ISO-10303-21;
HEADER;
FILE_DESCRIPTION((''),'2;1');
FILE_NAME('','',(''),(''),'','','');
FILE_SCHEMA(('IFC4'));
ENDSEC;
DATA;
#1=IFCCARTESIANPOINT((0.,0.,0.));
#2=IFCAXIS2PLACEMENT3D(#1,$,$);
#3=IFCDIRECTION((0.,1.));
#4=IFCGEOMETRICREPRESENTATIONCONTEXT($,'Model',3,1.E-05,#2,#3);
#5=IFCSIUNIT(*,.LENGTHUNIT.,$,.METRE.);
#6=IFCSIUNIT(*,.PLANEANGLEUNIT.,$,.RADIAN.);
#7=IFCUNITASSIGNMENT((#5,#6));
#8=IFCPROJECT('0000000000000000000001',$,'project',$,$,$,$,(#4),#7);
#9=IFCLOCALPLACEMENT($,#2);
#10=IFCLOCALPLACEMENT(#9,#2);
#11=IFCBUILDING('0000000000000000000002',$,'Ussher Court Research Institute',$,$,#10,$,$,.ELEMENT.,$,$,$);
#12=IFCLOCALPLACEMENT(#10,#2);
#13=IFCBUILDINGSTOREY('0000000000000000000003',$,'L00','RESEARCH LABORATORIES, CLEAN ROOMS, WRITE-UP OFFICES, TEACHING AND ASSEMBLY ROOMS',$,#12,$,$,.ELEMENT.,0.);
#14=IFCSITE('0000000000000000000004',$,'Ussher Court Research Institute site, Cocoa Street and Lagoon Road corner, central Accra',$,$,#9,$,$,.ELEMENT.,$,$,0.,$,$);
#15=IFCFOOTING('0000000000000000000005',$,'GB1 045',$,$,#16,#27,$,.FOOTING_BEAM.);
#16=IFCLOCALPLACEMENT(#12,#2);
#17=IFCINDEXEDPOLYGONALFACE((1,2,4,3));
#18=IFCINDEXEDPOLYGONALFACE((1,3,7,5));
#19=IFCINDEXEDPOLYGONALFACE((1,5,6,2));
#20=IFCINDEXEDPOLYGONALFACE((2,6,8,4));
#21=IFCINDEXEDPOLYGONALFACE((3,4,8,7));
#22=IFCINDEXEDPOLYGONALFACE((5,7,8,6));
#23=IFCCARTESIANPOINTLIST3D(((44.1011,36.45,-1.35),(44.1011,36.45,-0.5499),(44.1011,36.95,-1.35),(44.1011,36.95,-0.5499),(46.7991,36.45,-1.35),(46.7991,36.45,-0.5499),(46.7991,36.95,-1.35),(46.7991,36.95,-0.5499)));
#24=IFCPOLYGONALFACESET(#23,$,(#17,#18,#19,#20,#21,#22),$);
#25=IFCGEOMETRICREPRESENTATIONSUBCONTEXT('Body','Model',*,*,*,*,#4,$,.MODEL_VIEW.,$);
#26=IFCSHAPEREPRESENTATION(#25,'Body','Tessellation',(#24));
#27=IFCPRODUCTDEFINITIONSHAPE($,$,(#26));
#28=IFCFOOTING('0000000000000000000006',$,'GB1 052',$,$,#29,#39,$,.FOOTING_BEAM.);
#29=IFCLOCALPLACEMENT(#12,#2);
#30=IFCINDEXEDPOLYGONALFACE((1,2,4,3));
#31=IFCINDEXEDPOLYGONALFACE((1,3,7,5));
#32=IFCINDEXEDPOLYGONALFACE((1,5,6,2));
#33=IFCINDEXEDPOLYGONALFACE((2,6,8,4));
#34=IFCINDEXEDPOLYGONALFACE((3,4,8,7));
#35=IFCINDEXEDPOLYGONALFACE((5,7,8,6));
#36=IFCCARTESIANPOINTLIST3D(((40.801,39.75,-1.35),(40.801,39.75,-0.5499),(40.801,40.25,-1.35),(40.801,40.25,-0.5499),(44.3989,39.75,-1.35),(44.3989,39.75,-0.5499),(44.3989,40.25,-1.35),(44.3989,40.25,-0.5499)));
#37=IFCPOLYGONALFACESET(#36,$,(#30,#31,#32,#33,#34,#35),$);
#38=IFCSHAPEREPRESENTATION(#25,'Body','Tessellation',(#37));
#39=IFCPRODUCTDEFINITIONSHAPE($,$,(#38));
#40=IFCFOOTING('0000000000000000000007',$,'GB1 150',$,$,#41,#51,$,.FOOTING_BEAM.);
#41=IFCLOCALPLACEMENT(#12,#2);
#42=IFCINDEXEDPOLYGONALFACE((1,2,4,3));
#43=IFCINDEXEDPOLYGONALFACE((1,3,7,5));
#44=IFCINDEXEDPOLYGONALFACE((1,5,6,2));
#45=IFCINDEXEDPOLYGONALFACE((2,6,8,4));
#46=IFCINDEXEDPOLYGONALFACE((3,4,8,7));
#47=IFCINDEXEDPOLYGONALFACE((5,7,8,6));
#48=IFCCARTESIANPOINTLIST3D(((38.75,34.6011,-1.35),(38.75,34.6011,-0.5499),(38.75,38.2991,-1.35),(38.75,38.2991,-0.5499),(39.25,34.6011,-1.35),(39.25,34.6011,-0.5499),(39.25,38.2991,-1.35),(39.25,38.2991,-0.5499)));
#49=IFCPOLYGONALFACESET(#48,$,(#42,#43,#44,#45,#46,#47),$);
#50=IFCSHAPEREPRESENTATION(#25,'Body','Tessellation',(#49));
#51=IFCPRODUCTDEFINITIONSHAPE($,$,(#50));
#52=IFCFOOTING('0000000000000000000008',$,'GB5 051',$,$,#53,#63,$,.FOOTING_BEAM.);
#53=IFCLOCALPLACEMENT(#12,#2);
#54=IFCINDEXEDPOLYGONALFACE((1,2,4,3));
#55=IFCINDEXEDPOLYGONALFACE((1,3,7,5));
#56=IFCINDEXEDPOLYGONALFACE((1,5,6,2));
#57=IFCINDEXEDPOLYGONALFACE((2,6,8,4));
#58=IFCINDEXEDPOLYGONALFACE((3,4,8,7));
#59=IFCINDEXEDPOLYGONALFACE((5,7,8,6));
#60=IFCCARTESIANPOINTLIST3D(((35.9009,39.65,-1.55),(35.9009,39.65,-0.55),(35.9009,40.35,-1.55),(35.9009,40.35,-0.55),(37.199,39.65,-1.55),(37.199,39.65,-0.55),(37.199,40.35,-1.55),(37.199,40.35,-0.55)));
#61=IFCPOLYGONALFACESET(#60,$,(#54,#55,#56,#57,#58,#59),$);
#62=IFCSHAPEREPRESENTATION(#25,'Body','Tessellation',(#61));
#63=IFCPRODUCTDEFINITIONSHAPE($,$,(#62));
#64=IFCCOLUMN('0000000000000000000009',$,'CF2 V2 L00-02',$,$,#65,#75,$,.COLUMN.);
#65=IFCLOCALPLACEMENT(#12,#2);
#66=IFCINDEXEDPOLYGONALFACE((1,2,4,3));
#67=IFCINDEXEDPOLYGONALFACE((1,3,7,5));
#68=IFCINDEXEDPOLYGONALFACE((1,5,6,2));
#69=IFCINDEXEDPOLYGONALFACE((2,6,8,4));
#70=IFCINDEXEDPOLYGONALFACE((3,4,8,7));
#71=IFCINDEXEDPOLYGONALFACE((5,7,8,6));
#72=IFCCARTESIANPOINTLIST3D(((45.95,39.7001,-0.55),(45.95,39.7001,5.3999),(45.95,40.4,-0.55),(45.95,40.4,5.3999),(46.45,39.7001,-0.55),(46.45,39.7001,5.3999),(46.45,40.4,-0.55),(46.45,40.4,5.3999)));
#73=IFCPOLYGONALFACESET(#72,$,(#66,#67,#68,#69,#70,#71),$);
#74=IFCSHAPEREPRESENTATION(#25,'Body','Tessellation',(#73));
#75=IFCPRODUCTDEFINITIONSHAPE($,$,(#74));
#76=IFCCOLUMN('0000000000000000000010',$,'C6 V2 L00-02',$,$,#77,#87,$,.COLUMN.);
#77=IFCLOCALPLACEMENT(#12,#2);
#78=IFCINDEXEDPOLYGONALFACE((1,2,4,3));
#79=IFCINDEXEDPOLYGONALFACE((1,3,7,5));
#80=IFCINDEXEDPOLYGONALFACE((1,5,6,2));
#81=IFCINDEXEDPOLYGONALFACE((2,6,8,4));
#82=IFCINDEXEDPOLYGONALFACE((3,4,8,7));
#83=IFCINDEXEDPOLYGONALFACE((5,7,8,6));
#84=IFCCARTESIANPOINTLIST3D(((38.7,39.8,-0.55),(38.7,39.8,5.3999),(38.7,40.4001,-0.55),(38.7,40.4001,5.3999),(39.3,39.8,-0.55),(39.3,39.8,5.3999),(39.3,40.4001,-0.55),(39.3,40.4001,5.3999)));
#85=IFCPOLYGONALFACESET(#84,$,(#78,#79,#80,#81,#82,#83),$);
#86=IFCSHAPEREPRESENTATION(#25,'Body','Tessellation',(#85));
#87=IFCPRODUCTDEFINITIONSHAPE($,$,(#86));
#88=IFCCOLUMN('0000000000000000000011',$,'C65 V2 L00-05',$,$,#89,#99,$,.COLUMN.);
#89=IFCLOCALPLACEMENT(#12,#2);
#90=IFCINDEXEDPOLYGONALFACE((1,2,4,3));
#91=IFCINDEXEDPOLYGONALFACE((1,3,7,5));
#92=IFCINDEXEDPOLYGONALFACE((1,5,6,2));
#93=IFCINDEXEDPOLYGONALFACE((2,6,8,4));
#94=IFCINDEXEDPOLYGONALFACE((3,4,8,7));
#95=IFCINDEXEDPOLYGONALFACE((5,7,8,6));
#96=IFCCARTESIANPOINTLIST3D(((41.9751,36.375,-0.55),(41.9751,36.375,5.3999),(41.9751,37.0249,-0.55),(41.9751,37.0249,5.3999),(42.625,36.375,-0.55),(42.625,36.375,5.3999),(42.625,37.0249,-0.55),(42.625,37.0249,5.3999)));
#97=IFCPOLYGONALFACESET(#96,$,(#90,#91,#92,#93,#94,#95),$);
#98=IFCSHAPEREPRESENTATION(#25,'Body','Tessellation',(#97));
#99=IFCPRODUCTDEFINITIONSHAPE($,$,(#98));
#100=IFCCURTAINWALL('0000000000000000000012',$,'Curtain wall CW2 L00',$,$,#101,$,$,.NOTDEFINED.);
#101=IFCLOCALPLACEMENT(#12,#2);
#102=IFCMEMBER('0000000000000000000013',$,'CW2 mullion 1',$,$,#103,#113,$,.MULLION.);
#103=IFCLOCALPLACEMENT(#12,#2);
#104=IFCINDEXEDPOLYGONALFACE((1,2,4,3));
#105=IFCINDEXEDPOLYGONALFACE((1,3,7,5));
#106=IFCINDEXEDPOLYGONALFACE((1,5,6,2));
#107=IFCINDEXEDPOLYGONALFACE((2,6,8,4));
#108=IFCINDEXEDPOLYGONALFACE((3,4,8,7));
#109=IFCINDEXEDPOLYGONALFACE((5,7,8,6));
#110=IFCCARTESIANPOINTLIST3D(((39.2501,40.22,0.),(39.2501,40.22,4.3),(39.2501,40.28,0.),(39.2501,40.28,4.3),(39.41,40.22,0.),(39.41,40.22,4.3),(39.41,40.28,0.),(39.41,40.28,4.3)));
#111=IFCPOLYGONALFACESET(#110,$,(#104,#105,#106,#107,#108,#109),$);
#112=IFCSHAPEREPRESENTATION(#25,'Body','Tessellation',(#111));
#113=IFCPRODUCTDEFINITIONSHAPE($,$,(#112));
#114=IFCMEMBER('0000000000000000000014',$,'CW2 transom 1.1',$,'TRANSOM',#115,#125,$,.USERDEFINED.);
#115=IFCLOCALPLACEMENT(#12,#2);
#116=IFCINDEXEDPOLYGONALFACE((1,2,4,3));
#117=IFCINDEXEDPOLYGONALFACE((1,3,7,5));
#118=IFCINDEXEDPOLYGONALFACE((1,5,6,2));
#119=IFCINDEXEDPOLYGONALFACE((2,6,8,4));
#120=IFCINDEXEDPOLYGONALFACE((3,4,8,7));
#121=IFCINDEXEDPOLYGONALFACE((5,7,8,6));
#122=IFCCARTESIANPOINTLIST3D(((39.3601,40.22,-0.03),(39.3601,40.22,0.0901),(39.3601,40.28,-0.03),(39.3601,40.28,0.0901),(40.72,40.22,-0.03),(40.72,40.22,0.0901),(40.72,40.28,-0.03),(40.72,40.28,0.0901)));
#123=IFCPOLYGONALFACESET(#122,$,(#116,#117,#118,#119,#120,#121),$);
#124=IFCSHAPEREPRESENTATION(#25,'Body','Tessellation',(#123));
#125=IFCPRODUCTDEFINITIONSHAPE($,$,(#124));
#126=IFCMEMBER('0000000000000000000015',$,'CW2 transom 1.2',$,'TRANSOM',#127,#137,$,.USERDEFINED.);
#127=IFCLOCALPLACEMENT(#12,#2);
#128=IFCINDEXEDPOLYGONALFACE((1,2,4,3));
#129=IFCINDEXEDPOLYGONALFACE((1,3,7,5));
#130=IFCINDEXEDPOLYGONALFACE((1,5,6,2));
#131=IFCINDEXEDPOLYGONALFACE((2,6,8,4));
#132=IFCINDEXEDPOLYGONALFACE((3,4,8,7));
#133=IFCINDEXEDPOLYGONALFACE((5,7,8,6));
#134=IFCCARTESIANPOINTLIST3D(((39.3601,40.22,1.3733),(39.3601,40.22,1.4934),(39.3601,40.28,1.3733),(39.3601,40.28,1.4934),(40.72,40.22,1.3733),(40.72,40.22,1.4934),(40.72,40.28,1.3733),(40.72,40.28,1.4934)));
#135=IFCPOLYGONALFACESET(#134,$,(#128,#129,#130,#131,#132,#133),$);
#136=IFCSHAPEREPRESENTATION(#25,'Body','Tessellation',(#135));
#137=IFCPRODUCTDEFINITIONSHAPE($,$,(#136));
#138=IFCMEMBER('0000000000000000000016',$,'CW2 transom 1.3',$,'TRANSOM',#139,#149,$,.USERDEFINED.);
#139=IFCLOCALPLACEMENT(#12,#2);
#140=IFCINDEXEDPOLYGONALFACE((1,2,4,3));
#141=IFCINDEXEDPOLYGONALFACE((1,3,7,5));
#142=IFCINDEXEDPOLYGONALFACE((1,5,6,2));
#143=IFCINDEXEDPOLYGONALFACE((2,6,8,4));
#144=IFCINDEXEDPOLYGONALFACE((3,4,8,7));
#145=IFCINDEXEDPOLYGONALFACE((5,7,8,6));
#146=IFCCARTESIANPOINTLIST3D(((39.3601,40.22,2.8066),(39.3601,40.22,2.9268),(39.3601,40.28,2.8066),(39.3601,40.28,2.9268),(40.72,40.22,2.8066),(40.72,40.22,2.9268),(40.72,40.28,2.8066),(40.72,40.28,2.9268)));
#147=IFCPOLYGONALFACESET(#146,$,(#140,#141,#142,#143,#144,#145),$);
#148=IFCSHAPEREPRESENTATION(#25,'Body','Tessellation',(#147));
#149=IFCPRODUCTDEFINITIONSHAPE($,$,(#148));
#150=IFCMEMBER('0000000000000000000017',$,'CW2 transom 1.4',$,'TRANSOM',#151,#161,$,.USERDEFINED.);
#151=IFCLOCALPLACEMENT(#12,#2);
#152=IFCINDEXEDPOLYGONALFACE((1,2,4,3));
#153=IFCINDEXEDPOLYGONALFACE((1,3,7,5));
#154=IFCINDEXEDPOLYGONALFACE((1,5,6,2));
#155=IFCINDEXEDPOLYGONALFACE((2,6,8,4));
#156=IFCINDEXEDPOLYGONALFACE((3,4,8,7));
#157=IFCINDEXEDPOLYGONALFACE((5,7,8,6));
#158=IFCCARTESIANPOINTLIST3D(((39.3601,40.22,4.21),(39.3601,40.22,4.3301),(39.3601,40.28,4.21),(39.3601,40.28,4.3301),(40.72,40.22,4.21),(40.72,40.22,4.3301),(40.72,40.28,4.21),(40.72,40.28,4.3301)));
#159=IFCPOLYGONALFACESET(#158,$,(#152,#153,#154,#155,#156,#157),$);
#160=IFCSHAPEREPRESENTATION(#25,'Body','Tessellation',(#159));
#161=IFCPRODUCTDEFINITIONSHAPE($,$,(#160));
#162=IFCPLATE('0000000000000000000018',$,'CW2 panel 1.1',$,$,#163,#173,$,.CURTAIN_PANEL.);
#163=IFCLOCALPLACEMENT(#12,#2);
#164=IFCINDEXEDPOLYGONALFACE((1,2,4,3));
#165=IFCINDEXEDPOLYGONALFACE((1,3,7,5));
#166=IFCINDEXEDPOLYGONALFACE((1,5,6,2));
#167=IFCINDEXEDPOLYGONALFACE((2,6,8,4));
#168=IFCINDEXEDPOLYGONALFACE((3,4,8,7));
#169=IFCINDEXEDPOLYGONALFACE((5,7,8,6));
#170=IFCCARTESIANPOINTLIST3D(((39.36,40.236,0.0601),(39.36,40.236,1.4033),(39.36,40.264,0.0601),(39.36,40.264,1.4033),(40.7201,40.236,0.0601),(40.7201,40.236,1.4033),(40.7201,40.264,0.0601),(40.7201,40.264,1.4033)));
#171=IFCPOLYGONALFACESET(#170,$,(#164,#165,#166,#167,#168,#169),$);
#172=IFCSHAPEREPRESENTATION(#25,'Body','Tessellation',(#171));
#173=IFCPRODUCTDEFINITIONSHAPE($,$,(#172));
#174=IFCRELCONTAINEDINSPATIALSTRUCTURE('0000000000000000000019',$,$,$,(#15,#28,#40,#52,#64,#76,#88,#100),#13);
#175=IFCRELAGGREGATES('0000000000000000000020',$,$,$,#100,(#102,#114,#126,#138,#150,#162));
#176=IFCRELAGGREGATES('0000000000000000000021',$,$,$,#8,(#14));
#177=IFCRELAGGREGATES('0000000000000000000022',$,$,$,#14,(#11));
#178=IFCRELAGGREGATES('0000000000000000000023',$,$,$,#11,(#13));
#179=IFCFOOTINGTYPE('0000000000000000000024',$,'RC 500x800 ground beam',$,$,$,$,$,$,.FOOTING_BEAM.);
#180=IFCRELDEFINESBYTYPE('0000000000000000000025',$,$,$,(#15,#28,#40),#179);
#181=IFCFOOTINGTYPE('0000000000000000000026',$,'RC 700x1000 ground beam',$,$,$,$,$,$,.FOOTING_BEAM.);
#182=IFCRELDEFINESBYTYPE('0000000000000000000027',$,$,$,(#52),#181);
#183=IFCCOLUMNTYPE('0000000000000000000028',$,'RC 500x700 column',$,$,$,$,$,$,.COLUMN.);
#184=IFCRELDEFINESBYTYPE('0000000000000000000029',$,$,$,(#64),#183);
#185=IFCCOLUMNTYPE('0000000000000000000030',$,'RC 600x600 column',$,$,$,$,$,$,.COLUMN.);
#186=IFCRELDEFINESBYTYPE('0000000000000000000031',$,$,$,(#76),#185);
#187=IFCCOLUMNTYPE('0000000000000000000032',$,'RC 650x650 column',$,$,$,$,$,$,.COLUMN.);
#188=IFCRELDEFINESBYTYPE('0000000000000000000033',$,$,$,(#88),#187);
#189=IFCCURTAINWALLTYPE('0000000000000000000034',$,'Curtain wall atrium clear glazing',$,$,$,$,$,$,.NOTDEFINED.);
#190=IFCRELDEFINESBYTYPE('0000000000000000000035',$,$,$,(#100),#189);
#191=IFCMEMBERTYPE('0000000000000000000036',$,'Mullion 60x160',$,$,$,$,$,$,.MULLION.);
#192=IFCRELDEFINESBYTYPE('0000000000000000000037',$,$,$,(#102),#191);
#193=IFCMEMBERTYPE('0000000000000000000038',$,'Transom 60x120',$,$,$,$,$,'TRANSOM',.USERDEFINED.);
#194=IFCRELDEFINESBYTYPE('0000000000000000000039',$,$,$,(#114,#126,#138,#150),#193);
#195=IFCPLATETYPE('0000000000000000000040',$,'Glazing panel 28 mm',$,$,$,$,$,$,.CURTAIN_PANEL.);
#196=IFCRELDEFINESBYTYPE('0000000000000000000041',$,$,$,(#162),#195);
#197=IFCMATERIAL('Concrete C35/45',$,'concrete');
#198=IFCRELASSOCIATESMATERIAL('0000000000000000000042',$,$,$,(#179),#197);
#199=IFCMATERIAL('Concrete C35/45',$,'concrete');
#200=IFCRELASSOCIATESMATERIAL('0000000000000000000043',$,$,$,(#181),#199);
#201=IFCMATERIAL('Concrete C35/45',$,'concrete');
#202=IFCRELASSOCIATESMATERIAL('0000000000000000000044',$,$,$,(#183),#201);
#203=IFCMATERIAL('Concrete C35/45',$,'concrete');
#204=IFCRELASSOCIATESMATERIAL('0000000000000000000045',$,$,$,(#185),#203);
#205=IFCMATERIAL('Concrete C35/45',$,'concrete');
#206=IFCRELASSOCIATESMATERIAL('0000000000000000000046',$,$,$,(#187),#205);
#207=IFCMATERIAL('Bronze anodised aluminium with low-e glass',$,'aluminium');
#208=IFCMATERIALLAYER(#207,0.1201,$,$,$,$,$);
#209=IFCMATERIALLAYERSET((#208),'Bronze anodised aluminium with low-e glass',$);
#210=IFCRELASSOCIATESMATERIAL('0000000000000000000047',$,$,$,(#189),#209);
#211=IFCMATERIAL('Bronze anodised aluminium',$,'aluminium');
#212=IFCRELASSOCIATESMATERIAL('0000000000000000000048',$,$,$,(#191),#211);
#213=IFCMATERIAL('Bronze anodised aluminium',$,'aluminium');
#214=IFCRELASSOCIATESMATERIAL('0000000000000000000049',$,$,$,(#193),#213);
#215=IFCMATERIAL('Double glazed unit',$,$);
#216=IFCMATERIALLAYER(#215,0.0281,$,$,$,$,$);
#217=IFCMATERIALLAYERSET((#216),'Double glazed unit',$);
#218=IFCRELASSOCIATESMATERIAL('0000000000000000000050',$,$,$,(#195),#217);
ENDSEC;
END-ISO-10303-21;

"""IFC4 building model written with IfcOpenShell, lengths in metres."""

from ifc_helpers import new_model, si_unit, direction, frame, origin, origin_2d, place, context, subcontext, project, spatial, rectangle, extrude, material, layer, layer_set, material_profile, profile_set, type_object, element, aggregate, save


model = new_model("IFC4")

# Units and contexts
model_context = context("Model", 3, precision=1e-05, world=origin(), true_north=direction((0.0, 1.0)))
body_context = subcontext(model_context, "Body", "Model", "MODEL_VIEW")
ifc_project = project(units=[si_unit("LENGTHUNIT", "METRE"), si_unit("PLANEANGLEUNIT", "RADIAN")], contexts=[model_context])

# Site, building, storey
site_placement = place(None, origin())
site = spatial("IfcSite", under=ifc_project, at=site_placement, Name="Ussher Court Research Institute site, Cocoa Street and Lagoon Road corner, central Accra", CompositionType="ELEMENT", RefElevation=0.0)
building_placement = place(site_placement, origin())
building = spatial("IfcBuilding", under=site, at=building_placement, Name="Ussher Court Research Institute", CompositionType="ELEMENT")
storey_placement = place(building_placement, origin())
storey = spatial("IfcBuildingStorey", under=building, at=storey_placement, Name="L00", Description="RESEARCH LABORATORIES, CLEAN ROOMS, WRITE-UP OFFICES, TEACHING AND ASSEMBLY ROOMS", CompositionType="ELEMENT", Elevation=0.0)

# Footings
ifc_material_1 = material(Name="Concrete C35/45", Category="concrete")
ifc_material_profile_1 = material_profile(ifc_material_1, rectangle(XDim=0.5, YDim=0.8, at=origin_2d()), Name="RC 500x800")
ifc_profile_set_1 = profile_set([ifc_material_profile_1], Name="Concrete C35/45")
footing_type_1 = type_object("IfcFootingType", Name="RC 500x800 ground beam", PredefinedType="FOOTING_BEAM", material=ifc_profile_set_1)
footing_1_placement = place(storey_placement, frame((44.1011, 36.7, -0.95), z_axis=(1.0, 0.0, 0.0), x_axis=(0.0, 1.0, 0.0)))
element("IfcFooting", 1, at=footing_1_placement, inside=storey, type_object=footing_type_1, Name="GB1 045", PredefinedType="FOOTING_BEAM", context=body_context, shape_type="SweptSolid", body=[
    extrude(rectangle(XDim=0.5, YDim=0.8, at=origin_2d()), origin(), (0.0, 0.0, 1.0), 2.698),
])
footing_2_placement = place(storey_placement, frame((40.801, 40.0, -0.95), z_axis=(1.0, 0.0, 0.0), x_axis=(0.0, 1.0, 0.0)))
element("IfcFooting", 2, at=footing_2_placement, inside=storey, type_object=footing_type_1, Name="GB1 052", PredefinedType="FOOTING_BEAM", context=body_context, shape_type="SweptSolid", body=[
    extrude(rectangle(XDim=0.5, YDim=0.8, at=origin_2d()), origin(), (0.0, 0.0, 1.0), 3.5979),
])
footing_3_placement = place(storey_placement, frame((39.0, 34.6011, -0.95), z_axis=(0.0, 1.0, 0.0), x_axis=(-1.0, 0.0, 0.0)))
element("IfcFooting", 3, at=footing_3_placement, inside=storey, type_object=footing_type_1, Name="GB1 150", PredefinedType="FOOTING_BEAM", context=body_context, shape_type="SweptSolid", body=[
    extrude(rectangle(XDim=0.5, YDim=0.8, at=origin_2d()), origin(), (0.0, 0.0, 1.0), 3.698),
])
ifc_material_2 = material(Name="Concrete C35/45", Category="concrete")
ifc_material_profile_2 = material_profile(ifc_material_2, rectangle(XDim=0.7, YDim=1.0, at=origin_2d()), Name="RC 700x1000")
ifc_profile_set_2 = profile_set([ifc_material_profile_2], Name="Concrete C35/45")
footing_type_2 = type_object("IfcFootingType", Name="RC 700x1000 ground beam", PredefinedType="FOOTING_BEAM", material=ifc_profile_set_2)
footing_4_placement = place(storey_placement, frame((35.9009, 40.0, -1.05), z_axis=(1.0, 0.0, 0.0), x_axis=(0.0, 1.0, 0.0)))
element("IfcFooting", 4, at=footing_4_placement, inside=storey, type_object=footing_type_2, Name="GB5 051", PredefinedType="FOOTING_BEAM", context=body_context, shape_type="SweptSolid", body=[
    extrude(rectangle(XDim=0.7, YDim=1.0, at=origin_2d()), origin(), (0.0, 0.0, 1.0), 1.2981),
])

# Columns
ifc_material_3 = material(Name="Concrete C35/45", Category="concrete")
ifc_material_profile_3 = material_profile(ifc_material_3, rectangle(XDim=0.5, YDim=0.7, at=origin_2d()), Name="RC 500x700")
ifc_profile_set_3 = profile_set([ifc_material_profile_3], Name="Concrete C35/45")
column_type_1 = type_object("IfcColumnType", Name="RC 500x700 column", PredefinedType="COLUMN", material=ifc_profile_set_3)
column_1_placement = place(storey_placement, frame((46.2, 40.05, -0.55), z_axis=(0.0, 0.0, 1.0), x_axis=(1.0, 0.0, 0.0)))
element("IfcColumn", 5, at=column_1_placement, inside=storey, type_object=column_type_1, Name="CF2 V2 L00-02", PredefinedType="COLUMN", context=body_context, shape_type="SweptSolid", body=[
    extrude(rectangle(XDim=0.5, YDim=0.7, at=origin_2d()), origin(), (0.0, 0.0, 1.0), 5.95),
])
ifc_material_4 = material(Name="Concrete C35/45", Category="concrete")
ifc_material_profile_4 = material_profile(ifc_material_4, rectangle(XDim=0.6001, YDim=0.6001, at=origin_2d()), Name="RC 600x600")
ifc_profile_set_4 = profile_set([ifc_material_profile_4], Name="Concrete C35/45")
column_type_2 = type_object("IfcColumnType", Name="RC 600x600 column", PredefinedType="COLUMN", material=ifc_profile_set_4)
column_2_placement = place(storey_placement, frame((39.0, 40.1001, -0.55), z_axis=(0.0, 0.0, 1.0), x_axis=(1.0, 0.0, 0.0)))
element("IfcColumn", 6, at=column_2_placement, inside=storey, type_object=column_type_2, Name="C6 V2 L00-02", PredefinedType="COLUMN", context=body_context, shape_type="SweptSolid", body=[
    extrude(rectangle(XDim=0.6001, YDim=0.6001, at=origin_2d()), origin(), (0.0, 0.0, 1.0), 5.95),
])
ifc_material_5 = material(Name="Concrete C35/45", Category="concrete")
ifc_material_profile_5 = material_profile(ifc_material_5, rectangle(XDim=0.6499, YDim=0.6499, at=origin_2d()), Name="RC 650x650")
ifc_profile_set_5 = profile_set([ifc_material_profile_5], Name="Concrete C35/45")
column_type_3 = type_object("IfcColumnType", Name="RC 650x650 column", PredefinedType="COLUMN", material=ifc_profile_set_5)
column_3_placement = place(storey_placement, frame((42.3, 36.7, -0.55), z_axis=(0.0, 0.0, 1.0), x_axis=(1.0, 0.0, 0.0)))
element("IfcColumn", 7, at=column_3_placement, inside=storey, type_object=column_type_3, Name="C65 V2 L00-05", PredefinedType="COLUMN", context=body_context, shape_type="SweptSolid", body=[
    extrude(rectangle(XDim=0.6499, YDim=0.6499, at=origin_2d()), origin(), (0.0, 0.0, 1.0), 5.95),
])

# Curtain wall, members, plate
ifc_material_6 = material(Name="Bronze anodised aluminium with low-e glass", Category="aluminium")
ifc_layer_1 = layer(ifc_material_6, 0.1201)
ifc_layer_set_1 = layer_set([ifc_layer_1], Name="Bronze anodised aluminium with low-e glass")
curtain_wall_type = type_object("IfcCurtainWallType", Name="Curtain wall atrium clear glazing", PredefinedType="NOTDEFINED", material=ifc_layer_set_1)
curtain_wall_placement = place(storey_placement, origin())
curtain_wall = element("IfcCurtainWall", 8, at=curtain_wall_placement, inside=storey, type_object=curtain_wall_type, Name="Curtain wall CW2 L00", PredefinedType="NOTDEFINED")
ifc_material_7 = material(Name="Bronze anodised aluminium", Category="aluminium")
ifc_material_profile_6 = material_profile(ifc_material_7, rectangle(XDim=0.0601, YDim=0.1599, at=origin_2d()), Name="Mullion 60x160")
ifc_profile_set_6 = profile_set([ifc_material_profile_6], Name="Bronze anodised aluminium")
member_type_1 = type_object("IfcMemberType", Name="Mullion 60x160", PredefinedType="MULLION", material=ifc_profile_set_6)
member_1_placement = place(storey_placement, frame((39.3301, 40.25, 0.0), z_axis=(0.0, 0.0, 1.0), x_axis=(0.0, 1.0, 0.0)))
member_1 = element("IfcMember", 9, at=member_1_placement, type_object=member_type_1, Name="CW2 mullion 1", PredefinedType="MULLION", context=body_context, shape_type="SweptSolid", body=[
    extrude(rectangle(XDim=0.0601, YDim=0.1599, at=origin_2d()), origin(), (0.0, 0.0, 1.0), 4.3),
])
ifc_material_8 = material(Name="Bronze anodised aluminium", Category="aluminium")
ifc_material_profile_7 = material_profile(ifc_material_8, rectangle(XDim=0.0601, YDim=0.1201, at=origin_2d()), Name="Transom 60x120")
ifc_profile_set_7 = profile_set([ifc_material_profile_7], Name="Bronze anodised aluminium")
member_type_2 = type_object("IfcMemberType", Name="Transom 60x120", ElementType="TRANSOM", PredefinedType="USERDEFINED", material=ifc_profile_set_7)
member_2_placement = place(storey_placement, frame((39.3601, 40.25, 0.03), z_axis=(1.0, 0.0, 0.0), x_axis=(0.0, 1.0, 0.0)))
member_2 = element("IfcMember", 10, at=member_2_placement, type_object=member_type_2, Name="CW2 transom 1.1", ObjectType="TRANSOM", PredefinedType="USERDEFINED", context=body_context, shape_type="SweptSolid", body=[
    extrude(rectangle(XDim=0.0601, YDim=0.1201, at=origin_2d()), origin(), (0.0, 0.0, 1.0), 1.3599),
])
member_3_placement = place(storey_placement, frame((39.3601, 40.25, 1.4333), z_axis=(1.0, 0.0, 0.0), x_axis=(0.0, 1.0, 0.0)))
member_3 = element("IfcMember", 11, at=member_3_placement, type_object=member_type_2, Name="CW2 transom 1.2", ObjectType="TRANSOM", PredefinedType="USERDEFINED", context=body_context, shape_type="SweptSolid", body=[
    extrude(rectangle(XDim=0.0601, YDim=0.1201, at=origin_2d()), origin(), (0.0, 0.0, 1.0), 1.3599),
])
member_4_placement = place(storey_placement, frame((39.3601, 40.25, 2.8667), z_axis=(1.0, 0.0, 0.0), x_axis=(0.0, 1.0, 0.0)))
member_4 = element("IfcMember", 12, at=member_4_placement, type_object=member_type_2, Name="CW2 transom 1.3", ObjectType="TRANSOM", PredefinedType="USERDEFINED", context=body_context, shape_type="SweptSolid", body=[
    extrude(rectangle(XDim=0.0601, YDim=0.1201, at=origin_2d()), origin(), (0.0, 0.0, 1.0), 1.3599),
])
member_5_placement = place(storey_placement, frame((39.3601, 40.25, 4.27), z_axis=(1.0, 0.0, 0.0), x_axis=(0.0, 1.0, 0.0)))
member_5 = element("IfcMember", 13, at=member_5_placement, type_object=member_type_2, Name="CW2 transom 1.4", ObjectType="TRANSOM", PredefinedType="USERDEFINED", context=body_context, shape_type="SweptSolid", body=[
    extrude(rectangle(XDim=0.0601, YDim=0.1201, at=origin_2d()), origin(), (0.0, 0.0, 1.0), 1.3599),
])
ifc_material_9 = material(Name="Double glazed unit")
ifc_layer_2 = layer(ifc_material_9, 0.0281)
ifc_layer_set_2 = layer_set([ifc_layer_2], Name="Double glazed unit")
plate_type = type_object("IfcPlateType", Name="Glazing panel 28 mm", PredefinedType="CURTAIN_PANEL", material=ifc_layer_set_2)
plate_1_placement = place(storey_placement, frame((40.04, 40.25, 0.0601), z_axis=(0.0, 0.0, 1.0), x_axis=(1.0, 0.0, 0.0)))
plate_1 = element("IfcPlate", 14, at=plate_1_placement, type_object=plate_type, Name="CW2 panel 1.1", PredefinedType="CURTAIN_PANEL", context=body_context, shape_type="SweptSolid", body=[
    extrude(rectangle(XDim=1.3601, YDim=0.0281, at=origin_2d()), origin(), (0.0, 0.0, 1.0), 1.3433),
])
aggregate(curtain_wall, [member_1, member_2, member_3, member_4, member_5, plate_1])

save(model, "model.ifc")
